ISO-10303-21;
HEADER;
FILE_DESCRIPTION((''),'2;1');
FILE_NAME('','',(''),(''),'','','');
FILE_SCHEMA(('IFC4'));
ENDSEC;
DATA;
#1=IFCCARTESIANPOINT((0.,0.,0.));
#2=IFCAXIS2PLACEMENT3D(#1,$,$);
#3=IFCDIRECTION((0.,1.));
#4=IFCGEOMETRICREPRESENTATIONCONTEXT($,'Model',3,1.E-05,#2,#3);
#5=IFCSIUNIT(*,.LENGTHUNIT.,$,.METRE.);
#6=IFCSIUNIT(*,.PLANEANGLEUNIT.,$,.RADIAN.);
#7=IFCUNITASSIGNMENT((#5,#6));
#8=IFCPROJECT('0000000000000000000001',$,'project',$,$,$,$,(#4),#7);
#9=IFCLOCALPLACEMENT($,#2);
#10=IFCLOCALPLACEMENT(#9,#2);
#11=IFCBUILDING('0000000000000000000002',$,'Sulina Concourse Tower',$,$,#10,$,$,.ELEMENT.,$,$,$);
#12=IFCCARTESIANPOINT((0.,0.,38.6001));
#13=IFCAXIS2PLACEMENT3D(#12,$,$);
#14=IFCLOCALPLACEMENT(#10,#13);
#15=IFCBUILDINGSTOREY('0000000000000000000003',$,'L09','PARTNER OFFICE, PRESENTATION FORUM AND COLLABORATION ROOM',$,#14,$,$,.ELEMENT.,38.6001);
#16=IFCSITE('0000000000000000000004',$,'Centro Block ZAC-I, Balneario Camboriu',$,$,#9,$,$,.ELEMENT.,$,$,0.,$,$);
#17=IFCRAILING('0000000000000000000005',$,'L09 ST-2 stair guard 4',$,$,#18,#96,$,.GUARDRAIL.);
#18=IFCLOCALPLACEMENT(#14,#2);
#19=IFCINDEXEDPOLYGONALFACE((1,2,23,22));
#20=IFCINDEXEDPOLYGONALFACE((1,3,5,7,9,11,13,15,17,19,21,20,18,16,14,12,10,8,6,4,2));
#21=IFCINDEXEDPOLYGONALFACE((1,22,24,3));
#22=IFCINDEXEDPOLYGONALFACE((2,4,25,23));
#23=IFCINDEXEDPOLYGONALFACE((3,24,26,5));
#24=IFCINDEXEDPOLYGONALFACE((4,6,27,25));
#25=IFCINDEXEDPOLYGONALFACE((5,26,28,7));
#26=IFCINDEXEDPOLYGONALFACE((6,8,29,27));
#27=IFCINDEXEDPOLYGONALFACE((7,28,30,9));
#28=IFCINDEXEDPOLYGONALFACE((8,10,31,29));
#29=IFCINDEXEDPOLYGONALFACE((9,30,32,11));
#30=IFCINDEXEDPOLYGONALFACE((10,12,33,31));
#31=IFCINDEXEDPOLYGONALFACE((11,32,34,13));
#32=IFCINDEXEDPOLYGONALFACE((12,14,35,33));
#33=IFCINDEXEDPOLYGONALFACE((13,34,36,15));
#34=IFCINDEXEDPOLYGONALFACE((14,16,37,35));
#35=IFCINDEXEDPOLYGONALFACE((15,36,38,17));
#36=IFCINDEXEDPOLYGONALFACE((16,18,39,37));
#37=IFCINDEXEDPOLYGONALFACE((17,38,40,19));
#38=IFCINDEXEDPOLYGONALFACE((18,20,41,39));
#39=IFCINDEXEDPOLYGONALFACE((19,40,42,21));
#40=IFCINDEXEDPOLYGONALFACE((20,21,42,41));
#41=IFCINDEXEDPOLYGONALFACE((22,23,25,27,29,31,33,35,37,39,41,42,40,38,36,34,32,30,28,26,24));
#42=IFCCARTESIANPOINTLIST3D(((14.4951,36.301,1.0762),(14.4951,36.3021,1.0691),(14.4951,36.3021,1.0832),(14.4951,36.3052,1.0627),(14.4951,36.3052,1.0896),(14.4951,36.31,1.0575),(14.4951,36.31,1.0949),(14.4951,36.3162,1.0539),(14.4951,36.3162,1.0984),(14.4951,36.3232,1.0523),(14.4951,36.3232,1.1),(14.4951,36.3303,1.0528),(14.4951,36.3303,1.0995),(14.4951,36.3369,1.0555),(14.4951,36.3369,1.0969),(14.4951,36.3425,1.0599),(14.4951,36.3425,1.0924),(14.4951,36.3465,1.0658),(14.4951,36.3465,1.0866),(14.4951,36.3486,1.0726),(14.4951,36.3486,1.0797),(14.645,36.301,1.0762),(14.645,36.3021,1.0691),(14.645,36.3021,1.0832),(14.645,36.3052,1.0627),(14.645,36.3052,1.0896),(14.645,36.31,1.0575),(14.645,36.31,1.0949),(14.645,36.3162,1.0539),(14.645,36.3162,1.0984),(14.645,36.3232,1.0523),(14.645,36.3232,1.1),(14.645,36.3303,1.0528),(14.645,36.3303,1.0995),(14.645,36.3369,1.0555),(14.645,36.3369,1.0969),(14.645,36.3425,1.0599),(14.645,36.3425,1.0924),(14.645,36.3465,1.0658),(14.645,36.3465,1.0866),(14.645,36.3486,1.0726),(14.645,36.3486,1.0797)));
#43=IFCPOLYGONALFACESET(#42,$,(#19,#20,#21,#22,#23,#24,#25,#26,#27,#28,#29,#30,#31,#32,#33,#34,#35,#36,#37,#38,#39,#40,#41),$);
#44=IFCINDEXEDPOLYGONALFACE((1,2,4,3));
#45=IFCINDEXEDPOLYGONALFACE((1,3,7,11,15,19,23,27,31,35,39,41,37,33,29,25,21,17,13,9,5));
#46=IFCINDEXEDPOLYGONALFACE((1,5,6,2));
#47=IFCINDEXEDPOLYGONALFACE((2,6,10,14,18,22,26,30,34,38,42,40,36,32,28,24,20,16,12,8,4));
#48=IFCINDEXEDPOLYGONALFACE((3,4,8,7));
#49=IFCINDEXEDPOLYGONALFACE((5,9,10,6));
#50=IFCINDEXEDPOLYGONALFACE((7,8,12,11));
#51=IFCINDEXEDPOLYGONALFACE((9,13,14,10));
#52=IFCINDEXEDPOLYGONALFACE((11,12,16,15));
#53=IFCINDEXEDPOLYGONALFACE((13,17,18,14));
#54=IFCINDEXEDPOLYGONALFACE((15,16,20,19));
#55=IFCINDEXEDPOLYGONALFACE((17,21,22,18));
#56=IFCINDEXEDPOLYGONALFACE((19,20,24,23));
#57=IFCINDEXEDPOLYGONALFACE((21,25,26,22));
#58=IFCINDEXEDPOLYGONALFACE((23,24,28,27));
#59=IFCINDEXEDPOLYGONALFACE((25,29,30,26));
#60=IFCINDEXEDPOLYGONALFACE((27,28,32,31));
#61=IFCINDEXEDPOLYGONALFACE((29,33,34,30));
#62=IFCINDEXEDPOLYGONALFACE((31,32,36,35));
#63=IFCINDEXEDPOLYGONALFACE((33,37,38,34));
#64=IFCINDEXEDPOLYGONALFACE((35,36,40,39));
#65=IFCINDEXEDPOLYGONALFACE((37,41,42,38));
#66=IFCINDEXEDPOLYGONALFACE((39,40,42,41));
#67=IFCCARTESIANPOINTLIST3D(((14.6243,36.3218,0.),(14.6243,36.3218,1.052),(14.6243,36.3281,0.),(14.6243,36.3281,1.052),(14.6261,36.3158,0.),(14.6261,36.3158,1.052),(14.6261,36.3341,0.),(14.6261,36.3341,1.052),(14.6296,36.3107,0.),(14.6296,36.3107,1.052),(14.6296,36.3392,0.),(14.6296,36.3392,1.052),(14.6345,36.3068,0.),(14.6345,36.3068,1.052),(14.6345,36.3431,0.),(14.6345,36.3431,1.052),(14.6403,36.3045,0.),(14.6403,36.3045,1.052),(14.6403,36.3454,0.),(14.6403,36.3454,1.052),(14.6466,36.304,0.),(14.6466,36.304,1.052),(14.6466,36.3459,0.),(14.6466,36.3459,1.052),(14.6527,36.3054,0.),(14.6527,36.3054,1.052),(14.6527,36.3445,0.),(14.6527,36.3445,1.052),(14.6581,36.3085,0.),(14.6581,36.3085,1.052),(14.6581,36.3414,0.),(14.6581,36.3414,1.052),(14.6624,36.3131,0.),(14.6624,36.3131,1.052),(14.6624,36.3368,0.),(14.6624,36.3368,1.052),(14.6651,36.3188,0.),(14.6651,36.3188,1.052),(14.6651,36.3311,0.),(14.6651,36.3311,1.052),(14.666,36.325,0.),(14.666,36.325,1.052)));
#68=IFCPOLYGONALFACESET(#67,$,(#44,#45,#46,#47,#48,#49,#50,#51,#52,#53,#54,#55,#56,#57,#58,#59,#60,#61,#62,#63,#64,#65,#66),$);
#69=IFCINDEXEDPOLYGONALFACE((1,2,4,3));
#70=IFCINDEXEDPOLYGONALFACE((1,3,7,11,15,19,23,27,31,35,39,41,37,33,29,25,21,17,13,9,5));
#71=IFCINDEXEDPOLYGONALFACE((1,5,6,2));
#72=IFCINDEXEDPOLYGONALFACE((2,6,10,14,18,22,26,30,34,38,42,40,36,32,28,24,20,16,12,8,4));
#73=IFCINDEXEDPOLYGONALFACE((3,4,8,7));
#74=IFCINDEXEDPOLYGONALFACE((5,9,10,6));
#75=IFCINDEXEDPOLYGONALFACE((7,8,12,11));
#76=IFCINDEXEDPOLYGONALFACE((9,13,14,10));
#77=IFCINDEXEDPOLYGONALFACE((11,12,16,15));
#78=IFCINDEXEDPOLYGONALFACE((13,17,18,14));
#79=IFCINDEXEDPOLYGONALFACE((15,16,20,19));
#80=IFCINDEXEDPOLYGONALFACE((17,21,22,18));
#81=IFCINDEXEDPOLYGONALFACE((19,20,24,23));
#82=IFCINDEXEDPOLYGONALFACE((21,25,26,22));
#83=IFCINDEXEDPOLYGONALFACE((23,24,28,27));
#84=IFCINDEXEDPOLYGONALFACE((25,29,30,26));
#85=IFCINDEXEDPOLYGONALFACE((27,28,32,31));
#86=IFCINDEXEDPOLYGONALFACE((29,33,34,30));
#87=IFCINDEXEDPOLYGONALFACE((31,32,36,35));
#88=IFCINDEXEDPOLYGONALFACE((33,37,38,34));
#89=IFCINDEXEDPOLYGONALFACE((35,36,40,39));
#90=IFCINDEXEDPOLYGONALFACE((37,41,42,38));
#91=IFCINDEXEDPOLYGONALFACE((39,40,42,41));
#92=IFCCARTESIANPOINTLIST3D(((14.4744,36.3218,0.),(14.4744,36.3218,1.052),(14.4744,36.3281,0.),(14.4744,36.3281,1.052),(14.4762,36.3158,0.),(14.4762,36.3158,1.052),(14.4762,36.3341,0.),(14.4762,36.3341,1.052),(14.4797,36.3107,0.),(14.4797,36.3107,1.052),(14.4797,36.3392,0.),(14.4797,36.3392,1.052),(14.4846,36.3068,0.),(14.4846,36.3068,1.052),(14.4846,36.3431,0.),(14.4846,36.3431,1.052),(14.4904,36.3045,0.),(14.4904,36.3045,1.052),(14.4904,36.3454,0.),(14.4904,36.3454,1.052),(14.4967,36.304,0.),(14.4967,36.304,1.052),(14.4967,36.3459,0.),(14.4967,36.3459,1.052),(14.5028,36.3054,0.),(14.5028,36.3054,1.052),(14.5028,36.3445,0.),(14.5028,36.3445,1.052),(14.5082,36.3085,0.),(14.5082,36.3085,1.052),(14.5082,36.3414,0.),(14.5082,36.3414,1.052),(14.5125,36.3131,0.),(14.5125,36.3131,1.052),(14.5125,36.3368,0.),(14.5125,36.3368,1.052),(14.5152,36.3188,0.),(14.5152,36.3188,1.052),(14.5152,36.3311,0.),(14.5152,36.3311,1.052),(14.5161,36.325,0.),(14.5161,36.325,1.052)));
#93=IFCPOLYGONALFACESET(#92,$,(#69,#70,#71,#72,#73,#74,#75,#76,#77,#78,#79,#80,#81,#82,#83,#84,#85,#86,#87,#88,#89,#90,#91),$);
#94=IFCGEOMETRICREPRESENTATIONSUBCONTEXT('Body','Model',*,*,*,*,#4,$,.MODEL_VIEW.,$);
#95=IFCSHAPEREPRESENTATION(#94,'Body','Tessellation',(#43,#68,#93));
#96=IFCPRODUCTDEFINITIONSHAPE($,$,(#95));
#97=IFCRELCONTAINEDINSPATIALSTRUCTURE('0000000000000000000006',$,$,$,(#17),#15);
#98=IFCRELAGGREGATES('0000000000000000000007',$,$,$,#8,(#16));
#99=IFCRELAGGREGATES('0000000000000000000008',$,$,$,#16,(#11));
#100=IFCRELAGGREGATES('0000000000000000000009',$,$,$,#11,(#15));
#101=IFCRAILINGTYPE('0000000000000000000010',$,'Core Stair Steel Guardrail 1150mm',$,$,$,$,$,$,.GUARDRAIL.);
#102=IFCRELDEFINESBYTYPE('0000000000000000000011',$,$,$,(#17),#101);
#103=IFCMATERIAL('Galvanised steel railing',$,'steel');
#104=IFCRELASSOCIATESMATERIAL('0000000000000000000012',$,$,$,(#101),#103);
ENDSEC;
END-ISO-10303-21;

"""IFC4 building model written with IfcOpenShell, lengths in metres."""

from ifc_helpers import new_model, si_unit, direction, frame, origin, origin_2d, place, context, subcontext, project, spatial, circle, extrude, material, type_object, element, save


model = new_model("IFC4")

# Units and contexts
model_context = context("Model", 3, precision=1e-05, world=origin(), true_north=direction((0.0, 1.0)))
body_context = subcontext(model_context, "Body", "Model", "MODEL_VIEW")
ifc_project = project(units=[si_unit("LENGTHUNIT", "METRE"), si_unit("PLANEANGLEUNIT", "RADIAN")], contexts=[model_context])

# Site, building, storey
site_placement = place(None, origin())
site = spatial("IfcSite", under=ifc_project, at=site_placement, Name="Centro Block ZAC-I, Balneario Camboriu", CompositionType="ELEMENT", RefElevation=0.0)
building_placement = place(site_placement, origin())
building = spatial("IfcBuilding", under=site, at=building_placement, Name="Sulina Concourse Tower", CompositionType="ELEMENT")
storey_placement = place(building_placement, frame((0.0, 0.0, 38.6001)))
storey = spatial("IfcBuildingStorey", under=building, at=storey_placement, Name="L09", Description="PARTNER OFFICE, PRESENTATION FORUM AND COLLABORATION ROOM", CompositionType="ELEMENT", Elevation=38.6001)

# Railing
ifc_material_1 = material(Name="Galvanised steel railing", Category="steel")
railing_type_1 = type_object("IfcRailingType", Name="Core Stair Steel Guardrail 1150mm", PredefinedType="GUARDRAIL", material=ifc_material_1)
railing_1_placement = place(storey_placement, frame((14.645, 36.325, 0.0)))
element("IfcRailing", 1, at=railing_1_placement, inside=storey, type_object=railing_type_1, Name="L09 ST-2 stair guard 4", PredefinedType="GUARDRAIL", context=body_context, shape_type="SweptSolid", body=[
    extrude(circle(Radius=0.0239, at=origin_2d()), frame((0.0, 0.0, 1.0762), z_axis=(-1.0, 0.0, 0.0), x_axis=(0.0, -1.0, 0.0)), (0.0, 0.0, 1.0), 0.1499),
    extrude(circle(Radius=0.021, at=origin_2d()), origin(), (0.0, 0.0, 1.0), 1.052),
    extrude(circle(Radius=0.021, at=origin_2d()), frame((-0.1499, 0.0, 0.0)), (0.0, 0.0, 1.0), 1.052),
])

save(model, "model.ifc")
